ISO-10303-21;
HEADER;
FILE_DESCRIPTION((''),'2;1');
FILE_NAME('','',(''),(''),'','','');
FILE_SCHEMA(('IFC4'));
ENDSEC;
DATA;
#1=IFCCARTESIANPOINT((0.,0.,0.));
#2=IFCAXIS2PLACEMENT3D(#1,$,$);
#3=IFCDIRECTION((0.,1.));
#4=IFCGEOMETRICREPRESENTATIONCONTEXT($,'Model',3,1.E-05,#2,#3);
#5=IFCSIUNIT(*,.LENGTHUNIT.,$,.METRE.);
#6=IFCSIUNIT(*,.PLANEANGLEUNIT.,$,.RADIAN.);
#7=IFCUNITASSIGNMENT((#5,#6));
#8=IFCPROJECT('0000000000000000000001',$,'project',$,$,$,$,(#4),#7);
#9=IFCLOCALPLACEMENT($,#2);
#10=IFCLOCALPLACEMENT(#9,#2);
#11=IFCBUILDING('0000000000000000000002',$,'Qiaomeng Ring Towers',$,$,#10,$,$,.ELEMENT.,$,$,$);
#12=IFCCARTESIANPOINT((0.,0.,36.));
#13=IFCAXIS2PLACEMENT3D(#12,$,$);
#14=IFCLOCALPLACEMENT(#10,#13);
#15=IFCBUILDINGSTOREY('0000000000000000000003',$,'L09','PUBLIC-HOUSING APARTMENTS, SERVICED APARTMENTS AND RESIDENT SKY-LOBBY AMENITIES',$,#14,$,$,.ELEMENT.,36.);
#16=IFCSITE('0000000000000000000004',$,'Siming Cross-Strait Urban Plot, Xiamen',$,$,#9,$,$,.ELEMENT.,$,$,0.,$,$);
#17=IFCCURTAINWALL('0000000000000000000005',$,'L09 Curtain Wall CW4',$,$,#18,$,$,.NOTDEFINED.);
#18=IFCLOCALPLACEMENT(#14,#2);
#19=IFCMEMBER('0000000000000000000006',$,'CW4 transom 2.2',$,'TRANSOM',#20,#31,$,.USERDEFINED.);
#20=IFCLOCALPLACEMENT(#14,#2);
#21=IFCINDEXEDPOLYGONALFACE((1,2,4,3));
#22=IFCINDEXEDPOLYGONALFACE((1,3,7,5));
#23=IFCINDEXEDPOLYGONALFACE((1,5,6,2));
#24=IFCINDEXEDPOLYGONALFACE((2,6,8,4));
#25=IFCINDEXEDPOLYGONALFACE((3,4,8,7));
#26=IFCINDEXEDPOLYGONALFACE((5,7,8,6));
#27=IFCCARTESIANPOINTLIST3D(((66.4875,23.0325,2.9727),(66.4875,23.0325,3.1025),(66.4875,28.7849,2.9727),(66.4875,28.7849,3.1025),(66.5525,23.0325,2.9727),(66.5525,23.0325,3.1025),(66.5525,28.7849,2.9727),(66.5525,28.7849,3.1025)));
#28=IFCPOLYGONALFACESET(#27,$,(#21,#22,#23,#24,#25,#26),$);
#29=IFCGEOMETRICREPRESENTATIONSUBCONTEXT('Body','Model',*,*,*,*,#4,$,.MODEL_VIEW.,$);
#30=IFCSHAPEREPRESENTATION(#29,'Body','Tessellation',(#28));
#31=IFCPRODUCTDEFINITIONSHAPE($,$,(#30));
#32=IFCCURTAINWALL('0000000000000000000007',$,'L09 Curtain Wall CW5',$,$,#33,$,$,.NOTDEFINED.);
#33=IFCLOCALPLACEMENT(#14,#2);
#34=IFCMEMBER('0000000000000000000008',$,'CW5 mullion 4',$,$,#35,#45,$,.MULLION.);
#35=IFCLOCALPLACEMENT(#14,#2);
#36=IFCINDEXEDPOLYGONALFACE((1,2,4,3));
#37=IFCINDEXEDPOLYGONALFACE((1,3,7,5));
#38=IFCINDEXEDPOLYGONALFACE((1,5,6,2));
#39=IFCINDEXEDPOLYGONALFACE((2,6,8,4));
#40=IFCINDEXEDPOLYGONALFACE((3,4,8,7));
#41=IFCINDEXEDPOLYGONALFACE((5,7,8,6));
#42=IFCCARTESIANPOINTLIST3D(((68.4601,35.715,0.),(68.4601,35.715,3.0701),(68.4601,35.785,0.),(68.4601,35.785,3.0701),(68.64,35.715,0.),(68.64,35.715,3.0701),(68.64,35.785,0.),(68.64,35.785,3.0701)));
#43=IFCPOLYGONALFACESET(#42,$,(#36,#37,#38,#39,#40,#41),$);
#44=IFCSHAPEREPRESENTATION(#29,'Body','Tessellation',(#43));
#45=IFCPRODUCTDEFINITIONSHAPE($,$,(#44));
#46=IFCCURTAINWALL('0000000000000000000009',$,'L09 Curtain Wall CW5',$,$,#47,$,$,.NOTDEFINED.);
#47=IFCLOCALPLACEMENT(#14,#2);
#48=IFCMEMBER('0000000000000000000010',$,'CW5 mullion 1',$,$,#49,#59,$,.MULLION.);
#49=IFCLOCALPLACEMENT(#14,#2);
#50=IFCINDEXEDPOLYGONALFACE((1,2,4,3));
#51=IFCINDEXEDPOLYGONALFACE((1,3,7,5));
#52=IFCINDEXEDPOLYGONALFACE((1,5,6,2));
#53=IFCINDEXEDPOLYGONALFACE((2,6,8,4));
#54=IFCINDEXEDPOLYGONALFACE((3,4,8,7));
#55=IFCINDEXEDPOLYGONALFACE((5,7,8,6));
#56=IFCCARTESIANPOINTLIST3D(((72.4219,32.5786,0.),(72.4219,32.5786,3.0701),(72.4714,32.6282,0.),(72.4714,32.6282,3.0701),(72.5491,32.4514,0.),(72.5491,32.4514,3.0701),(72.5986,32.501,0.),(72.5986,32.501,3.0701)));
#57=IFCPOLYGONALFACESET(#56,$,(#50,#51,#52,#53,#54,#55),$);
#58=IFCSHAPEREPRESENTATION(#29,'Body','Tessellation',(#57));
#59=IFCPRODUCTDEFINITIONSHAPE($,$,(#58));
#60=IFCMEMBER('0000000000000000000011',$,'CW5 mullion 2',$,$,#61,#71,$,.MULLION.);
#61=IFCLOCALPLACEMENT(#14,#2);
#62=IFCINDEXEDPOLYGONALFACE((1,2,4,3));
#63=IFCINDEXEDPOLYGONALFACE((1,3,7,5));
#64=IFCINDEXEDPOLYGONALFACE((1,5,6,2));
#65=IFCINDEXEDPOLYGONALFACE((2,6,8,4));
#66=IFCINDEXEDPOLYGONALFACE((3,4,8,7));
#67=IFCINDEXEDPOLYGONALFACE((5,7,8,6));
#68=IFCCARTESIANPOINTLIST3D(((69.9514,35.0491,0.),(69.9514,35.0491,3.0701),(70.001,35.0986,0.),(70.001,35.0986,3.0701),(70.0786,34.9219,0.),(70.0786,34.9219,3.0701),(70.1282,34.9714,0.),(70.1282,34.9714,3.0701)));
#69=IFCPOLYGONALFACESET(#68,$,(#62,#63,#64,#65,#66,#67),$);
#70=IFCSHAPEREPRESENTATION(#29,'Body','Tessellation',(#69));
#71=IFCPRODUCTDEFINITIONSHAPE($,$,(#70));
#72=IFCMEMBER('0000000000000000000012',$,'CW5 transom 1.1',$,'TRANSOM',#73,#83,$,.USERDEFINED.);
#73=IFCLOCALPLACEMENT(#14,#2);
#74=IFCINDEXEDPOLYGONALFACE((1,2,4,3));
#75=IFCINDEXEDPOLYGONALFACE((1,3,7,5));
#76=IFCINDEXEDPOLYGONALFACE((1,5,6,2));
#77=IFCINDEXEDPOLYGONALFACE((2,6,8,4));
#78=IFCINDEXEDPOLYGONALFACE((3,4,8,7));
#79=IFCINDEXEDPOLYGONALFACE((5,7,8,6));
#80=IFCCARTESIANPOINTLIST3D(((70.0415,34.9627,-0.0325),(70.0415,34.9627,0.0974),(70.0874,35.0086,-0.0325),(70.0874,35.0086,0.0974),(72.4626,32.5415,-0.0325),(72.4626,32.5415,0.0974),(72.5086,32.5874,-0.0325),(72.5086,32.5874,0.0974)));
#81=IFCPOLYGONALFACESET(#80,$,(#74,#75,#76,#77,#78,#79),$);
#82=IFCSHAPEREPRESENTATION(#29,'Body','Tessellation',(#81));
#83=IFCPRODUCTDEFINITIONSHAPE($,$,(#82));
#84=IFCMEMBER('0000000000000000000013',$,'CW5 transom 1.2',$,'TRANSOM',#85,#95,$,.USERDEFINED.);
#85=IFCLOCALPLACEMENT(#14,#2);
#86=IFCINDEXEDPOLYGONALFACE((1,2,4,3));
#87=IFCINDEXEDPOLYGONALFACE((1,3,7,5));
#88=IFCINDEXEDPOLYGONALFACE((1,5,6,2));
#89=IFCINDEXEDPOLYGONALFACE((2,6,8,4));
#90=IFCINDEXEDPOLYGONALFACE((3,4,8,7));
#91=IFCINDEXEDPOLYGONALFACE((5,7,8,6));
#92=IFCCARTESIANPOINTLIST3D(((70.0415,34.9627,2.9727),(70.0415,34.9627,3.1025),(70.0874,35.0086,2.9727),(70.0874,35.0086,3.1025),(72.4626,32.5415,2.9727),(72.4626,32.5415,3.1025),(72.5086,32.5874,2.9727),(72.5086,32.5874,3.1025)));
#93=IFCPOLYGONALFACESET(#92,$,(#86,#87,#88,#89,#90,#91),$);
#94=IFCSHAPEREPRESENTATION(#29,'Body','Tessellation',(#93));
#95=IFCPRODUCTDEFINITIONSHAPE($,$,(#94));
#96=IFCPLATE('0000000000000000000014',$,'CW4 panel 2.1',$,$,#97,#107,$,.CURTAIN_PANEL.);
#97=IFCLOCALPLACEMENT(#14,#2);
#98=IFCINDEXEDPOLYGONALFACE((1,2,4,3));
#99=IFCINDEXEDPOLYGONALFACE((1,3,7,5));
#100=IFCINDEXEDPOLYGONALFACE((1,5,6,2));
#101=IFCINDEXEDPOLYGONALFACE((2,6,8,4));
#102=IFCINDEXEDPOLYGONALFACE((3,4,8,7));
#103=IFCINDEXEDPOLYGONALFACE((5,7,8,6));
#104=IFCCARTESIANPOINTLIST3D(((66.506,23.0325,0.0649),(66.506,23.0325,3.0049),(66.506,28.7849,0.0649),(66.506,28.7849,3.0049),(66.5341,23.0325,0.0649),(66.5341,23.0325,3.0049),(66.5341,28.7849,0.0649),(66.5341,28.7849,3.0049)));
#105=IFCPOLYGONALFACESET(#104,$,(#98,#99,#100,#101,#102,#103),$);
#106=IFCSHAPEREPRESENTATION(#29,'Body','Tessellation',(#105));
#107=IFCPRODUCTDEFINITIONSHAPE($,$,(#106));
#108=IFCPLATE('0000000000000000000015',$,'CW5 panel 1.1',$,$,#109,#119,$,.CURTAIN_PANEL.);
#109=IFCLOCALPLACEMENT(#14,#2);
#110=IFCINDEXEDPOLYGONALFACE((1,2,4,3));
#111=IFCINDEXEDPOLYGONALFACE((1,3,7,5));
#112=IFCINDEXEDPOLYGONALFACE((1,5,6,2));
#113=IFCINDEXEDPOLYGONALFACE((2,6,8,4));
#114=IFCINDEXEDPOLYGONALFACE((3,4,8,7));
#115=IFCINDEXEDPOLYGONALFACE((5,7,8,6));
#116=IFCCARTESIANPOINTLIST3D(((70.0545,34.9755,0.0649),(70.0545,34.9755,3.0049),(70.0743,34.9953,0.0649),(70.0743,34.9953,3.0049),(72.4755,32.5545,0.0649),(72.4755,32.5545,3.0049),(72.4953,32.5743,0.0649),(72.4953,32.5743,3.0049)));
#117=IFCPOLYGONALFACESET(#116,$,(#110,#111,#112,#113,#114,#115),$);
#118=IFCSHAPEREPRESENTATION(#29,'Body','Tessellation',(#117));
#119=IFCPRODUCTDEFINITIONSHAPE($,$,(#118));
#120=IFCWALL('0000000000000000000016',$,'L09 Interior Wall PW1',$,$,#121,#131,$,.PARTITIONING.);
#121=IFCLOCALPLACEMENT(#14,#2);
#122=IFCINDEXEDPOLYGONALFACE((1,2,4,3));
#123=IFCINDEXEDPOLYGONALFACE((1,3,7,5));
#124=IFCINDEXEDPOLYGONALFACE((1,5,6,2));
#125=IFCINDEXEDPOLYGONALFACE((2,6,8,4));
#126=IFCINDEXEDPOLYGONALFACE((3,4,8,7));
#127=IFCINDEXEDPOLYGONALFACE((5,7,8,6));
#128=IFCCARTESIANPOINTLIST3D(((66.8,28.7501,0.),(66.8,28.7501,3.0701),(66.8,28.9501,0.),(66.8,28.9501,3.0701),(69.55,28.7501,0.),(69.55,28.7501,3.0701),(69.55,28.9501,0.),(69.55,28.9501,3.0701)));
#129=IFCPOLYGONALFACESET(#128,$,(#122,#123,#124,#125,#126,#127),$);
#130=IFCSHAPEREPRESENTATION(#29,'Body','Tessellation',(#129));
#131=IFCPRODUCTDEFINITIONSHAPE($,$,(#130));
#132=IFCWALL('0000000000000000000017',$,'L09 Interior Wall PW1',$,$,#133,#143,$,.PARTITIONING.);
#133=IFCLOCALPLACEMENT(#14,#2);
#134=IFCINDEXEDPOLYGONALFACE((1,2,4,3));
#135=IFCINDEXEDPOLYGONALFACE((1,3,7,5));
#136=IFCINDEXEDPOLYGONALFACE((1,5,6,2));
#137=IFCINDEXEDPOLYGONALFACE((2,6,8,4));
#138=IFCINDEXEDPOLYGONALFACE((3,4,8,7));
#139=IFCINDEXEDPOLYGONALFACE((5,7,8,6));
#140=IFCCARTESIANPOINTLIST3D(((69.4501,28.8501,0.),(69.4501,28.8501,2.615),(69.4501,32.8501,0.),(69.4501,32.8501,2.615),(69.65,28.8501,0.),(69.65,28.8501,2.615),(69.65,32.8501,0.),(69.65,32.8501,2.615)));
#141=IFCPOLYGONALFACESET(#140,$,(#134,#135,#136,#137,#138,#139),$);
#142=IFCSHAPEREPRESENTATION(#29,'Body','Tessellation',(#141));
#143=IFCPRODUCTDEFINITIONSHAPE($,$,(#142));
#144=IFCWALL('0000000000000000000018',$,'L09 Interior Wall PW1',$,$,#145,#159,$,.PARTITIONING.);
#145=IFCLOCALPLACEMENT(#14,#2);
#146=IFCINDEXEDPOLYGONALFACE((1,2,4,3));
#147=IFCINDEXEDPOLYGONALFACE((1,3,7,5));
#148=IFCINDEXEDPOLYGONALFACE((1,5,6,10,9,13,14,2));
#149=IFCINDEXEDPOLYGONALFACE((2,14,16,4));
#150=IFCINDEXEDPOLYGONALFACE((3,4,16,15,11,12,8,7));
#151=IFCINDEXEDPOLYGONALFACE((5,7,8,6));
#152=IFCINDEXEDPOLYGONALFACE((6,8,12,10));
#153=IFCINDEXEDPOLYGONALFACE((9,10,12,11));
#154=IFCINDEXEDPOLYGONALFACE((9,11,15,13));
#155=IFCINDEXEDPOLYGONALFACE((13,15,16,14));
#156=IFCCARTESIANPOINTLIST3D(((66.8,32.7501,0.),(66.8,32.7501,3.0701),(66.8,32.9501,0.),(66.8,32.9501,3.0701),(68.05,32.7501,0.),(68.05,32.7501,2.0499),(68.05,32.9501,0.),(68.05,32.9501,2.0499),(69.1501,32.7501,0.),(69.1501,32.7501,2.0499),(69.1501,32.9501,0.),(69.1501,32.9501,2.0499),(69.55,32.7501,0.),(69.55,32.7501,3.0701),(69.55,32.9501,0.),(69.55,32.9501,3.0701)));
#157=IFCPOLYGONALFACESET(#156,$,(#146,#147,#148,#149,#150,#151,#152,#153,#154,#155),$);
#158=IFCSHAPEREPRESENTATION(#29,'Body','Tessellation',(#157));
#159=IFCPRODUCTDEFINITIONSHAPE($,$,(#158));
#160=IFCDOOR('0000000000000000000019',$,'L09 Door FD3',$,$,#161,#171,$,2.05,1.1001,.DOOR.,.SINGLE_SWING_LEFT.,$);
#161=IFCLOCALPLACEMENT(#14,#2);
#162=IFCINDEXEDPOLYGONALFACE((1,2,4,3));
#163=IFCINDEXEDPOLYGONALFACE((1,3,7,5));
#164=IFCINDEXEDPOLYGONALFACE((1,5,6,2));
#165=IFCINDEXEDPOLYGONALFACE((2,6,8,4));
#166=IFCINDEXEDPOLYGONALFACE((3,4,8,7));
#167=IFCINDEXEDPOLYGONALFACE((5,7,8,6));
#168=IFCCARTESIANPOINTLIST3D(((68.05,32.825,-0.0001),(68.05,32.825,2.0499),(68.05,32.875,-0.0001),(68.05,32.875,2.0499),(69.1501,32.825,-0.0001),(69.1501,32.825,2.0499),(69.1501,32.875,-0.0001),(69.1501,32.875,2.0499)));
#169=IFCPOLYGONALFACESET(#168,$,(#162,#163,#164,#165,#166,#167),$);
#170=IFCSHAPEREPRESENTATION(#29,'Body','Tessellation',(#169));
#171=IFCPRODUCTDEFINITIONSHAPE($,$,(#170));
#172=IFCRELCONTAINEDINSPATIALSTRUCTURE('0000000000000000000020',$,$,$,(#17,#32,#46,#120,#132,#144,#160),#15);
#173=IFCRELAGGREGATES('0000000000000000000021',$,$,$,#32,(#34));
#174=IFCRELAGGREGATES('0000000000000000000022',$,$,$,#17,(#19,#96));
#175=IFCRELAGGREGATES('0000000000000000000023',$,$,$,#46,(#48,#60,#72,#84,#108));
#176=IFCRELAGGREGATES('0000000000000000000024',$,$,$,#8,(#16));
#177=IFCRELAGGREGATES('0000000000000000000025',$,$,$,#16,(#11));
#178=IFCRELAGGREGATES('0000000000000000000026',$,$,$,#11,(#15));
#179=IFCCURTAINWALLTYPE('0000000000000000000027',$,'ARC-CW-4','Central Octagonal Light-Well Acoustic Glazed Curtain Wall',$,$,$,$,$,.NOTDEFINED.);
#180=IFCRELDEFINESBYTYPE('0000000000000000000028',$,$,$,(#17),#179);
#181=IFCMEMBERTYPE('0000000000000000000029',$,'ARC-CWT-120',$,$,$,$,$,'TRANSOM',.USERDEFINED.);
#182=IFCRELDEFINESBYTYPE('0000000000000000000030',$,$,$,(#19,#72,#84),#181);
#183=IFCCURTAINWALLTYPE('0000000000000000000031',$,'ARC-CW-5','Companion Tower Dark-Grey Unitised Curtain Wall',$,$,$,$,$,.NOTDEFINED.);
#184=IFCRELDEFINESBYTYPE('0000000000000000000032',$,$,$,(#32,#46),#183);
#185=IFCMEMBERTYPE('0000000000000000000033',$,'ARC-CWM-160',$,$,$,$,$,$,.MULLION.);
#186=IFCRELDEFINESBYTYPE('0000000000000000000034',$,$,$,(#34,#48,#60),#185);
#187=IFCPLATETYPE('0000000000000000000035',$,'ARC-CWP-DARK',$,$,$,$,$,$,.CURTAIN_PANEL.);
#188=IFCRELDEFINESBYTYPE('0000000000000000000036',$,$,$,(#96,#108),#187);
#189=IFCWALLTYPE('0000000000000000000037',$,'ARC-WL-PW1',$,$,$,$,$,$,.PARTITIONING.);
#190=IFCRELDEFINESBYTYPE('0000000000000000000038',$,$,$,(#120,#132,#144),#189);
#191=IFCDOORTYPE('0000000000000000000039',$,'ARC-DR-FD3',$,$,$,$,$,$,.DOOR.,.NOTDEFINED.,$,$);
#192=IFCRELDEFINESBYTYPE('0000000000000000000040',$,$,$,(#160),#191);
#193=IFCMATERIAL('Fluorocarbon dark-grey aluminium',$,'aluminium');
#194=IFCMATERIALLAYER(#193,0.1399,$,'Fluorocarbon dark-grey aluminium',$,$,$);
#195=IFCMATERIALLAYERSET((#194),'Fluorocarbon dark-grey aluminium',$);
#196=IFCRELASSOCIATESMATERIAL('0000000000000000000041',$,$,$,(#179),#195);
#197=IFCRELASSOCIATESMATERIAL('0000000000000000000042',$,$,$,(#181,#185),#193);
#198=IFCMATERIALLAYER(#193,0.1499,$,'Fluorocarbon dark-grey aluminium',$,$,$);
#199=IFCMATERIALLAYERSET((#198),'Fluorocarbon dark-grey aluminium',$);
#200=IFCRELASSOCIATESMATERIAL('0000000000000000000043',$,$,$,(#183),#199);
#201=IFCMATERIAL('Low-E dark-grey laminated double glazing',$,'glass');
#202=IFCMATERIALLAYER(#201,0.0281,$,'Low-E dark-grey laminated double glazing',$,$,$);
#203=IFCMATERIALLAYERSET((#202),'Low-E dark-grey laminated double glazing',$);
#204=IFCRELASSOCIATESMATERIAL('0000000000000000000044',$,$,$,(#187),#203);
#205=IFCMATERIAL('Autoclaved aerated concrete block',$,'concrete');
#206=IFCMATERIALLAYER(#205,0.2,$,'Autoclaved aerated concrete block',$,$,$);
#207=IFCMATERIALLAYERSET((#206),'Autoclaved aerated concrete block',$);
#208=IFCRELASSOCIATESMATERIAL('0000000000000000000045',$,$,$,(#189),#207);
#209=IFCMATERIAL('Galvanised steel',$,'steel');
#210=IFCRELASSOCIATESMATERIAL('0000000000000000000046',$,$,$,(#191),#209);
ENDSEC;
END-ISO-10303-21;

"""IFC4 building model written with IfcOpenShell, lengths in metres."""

from ifc_helpers import new_model, si_unit, direction, frame, frame_2d, origin, origin_2d, place, context, subcontext, project, spatial, rectangle, extrude, source, transform, mapped, material, layer, layer_set, material_profile, profile_set, type_object, element, fill, aggregate, save


model = new_model("IFC4")

# Units and contexts
model_context = context("Model", 3, precision=1e-05, world=origin(), true_north=direction((0.0, 1.0)))
body_context = subcontext(model_context, "Body", "Model", "MODEL_VIEW")
ifc_project = project(units=[si_unit("LENGTHUNIT", "METRE"), si_unit("PLANEANGLEUNIT", "RADIAN")], contexts=[model_context])

# Site, building, storey
site_placement = place(None, origin())
site = spatial("IfcSite", under=ifc_project, at=site_placement, Name="Siming Cross-Strait Urban Plot, Xiamen", CompositionType="ELEMENT", RefElevation=0.0)
building_placement = place(site_placement, origin())
building = spatial("IfcBuilding", under=site, at=building_placement, Name="Qiaomeng Ring Towers", CompositionType="ELEMENT")
storey_placement = place(building_placement, frame((0.0, 0.0, 36.0)))
storey = spatial("IfcBuildingStorey", under=building, at=storey_placement, Name="L09", Description="PUBLIC-HOUSING APARTMENTS, SERVICED APARTMENTS AND RESIDENT SKY-LOBBY AMENITIES", CompositionType="ELEMENT", Elevation=36.0)

# Curtain wall, member
ifc_material_1 = material(Name="Fluorocarbon dark-grey aluminium", Category="aluminium")
ifc_layer_1 = layer(ifc_material_1, 0.1399, Name="Fluorocarbon dark-grey aluminium")
ifc_layer_set_1 = layer_set([ifc_layer_1], Name="Fluorocarbon dark-grey aluminium")
curtain_wall_type_1 = type_object("IfcCurtainWallType", Name="ARC-CW-4", Description="Central Octagonal Light-Well Acoustic Glazed Curtain Wall", PredefinedType="NOTDEFINED", material=ifc_layer_set_1)
curtain_wall_1_placement = place(storey_placement, origin())
curtain_wall_1 = element("IfcCurtainWall", 1, at=curtain_wall_1_placement, inside=storey, type_object=curtain_wall_type_1, Name="L09 Curtain Wall CW4", PredefinedType="NOTDEFINED")
ifc_material_profile_1 = material_profile(ifc_material_1, rectangle(XDim=0.0649, YDim=0.1299, at=origin_2d()), Name="ALU TRAN 65x130")
ifc_profile_set_1 = profile_set([ifc_material_profile_1], Name="Fluorocarbon dark-grey aluminium")
member_type_1 = type_object("IfcMemberType", Name="ARC-CWT-120", ElementType="TRANSOM", PredefinedType="USERDEFINED", material=ifc_profile_set_1)
shared_shape_1 = source(origin(), body_context, "Body", "SweptSolid", [
    extrude(rectangle(XDim=0.0649, YDim=0.1299, at=origin_2d()), origin(), (0.0, 0.0, 1.0), 5.7524),
])
member_1_placement = place(storey_placement, frame((66.52, 23.0325, 3.0376), z_axis=(0.0, 1.0, 0.0), x_axis=(-1.0, 0.0, 0.0)))
member_1 = element("IfcMember", 2, at=member_1_placement, type_object=member_type_1, Name="CW4 transom 2.2", ObjectType="TRANSOM", PredefinedType="USERDEFINED", context=body_context, shape_type="MappedRepresentation", body=[
    mapped(shared_shape_1, transform((0.0, 0.0, 0.0), x_axis=(1.0, 0.0, 0.0), y_axis=(0.0, 1.0, 0.0), z_axis=(0.0, 0.0, 1.0), scale=1.0)),
])

# Curtain wall, member
ifc_layer_2 = layer(ifc_material_1, 0.1499, Name="Fluorocarbon dark-grey aluminium")
ifc_layer_set_2 = layer_set([ifc_layer_2], Name="Fluorocarbon dark-grey aluminium")
curtain_wall_type_2 = type_object("IfcCurtainWallType", Name="ARC-CW-5", Description="Companion Tower Dark-Grey Unitised Curtain Wall", PredefinedType="NOTDEFINED", material=ifc_layer_set_2)
curtain_wall_2_placement = place(storey_placement, origin())
curtain_wall_2 = element("IfcCurtainWall", 3, at=curtain_wall_2_placement, inside=storey, type_object=curtain_wall_type_2, Name="L09 Curtain Wall CW5", PredefinedType="NOTDEFINED")
ifc_material_profile_2 = material_profile(ifc_material_1, rectangle(XDim=0.0701, YDim=0.1799, at=origin_2d()), Name="ALU MULL 70x180")
ifc_profile_set_2 = profile_set([ifc_material_profile_2], Name="Fluorocarbon dark-grey aluminium")
member_type_2 = type_object("IfcMemberType", Name="ARC-CWM-160", PredefinedType="MULLION", material=ifc_profile_set_2)
shared_shape_2 = source(origin(), body_context, "Body", "SweptSolid", [
    extrude(rectangle(XDim=0.0701, YDim=0.1799, at=origin_2d()), origin(), (0.0, 0.0, 1.0), 3.0701),
])
member_2_placement = place(storey_placement, frame((68.55, 35.75, 0.0), z_axis=(0.0, 0.0, 1.0), x_axis=(0.0, 1.0, 0.0)))
member_2 = element("IfcMember", 4, at=member_2_placement, type_object=member_type_2, Name="CW5 mullion 4", PredefinedType="MULLION", context=body_context, shape_type="MappedRepresentation", body=[
    mapped(shared_shape_2, transform((0.0, 0.0, 0.0), x_axis=(1.0, 0.0, 0.0), y_axis=(0.0, 1.0, 0.0), z_axis=(0.0, 0.0, 1.0), scale=1.0)),
])
aggregate(curtain_wall_2, [member_2])

# Curtain wall, members
curtain_wall_3_placement = place(storey_placement, origin())
curtain_wall_3 = element("IfcCurtainWall", 5, at=curtain_wall_3_placement, inside=storey, type_object=curtain_wall_type_2, Name="L09 Curtain Wall CW5", PredefinedType="NOTDEFINED")
member_3_placement = place(storey_placement, frame((72.5103, 32.5398, 0.0), z_axis=(0.0, 0.0, 1.0), x_axis=(-0.707107, -0.707107, 0.0)))
member_3 = element("IfcMember", 6, at=member_3_placement, type_object=member_type_2, Name="CW5 mullion 1", PredefinedType="MULLION", context=body_context, shape_type="MappedRepresentation", body=[
    mapped(shared_shape_2, transform((0.0, 0.0, 0.0), x_axis=(1.0, 0.0, 0.0), y_axis=(0.0, 1.0, 0.0), z_axis=(0.0, 0.0, 1.0), scale=1.0)),
])
member_4_placement = place(storey_placement, frame((70.0398, 35.0103, 0.0), z_axis=(0.0, 0.0, 1.0), x_axis=(-0.707107, -0.707107, 0.0)))
member_4 = element("IfcMember", 7, at=member_4_placement, type_object=member_type_2, Name="CW5 mullion 2", PredefinedType="MULLION", context=body_context, shape_type="MappedRepresentation", body=[
    mapped(shared_shape_2, transform((0.0, 0.0, 0.0), x_axis=(1.0, 0.0, 0.0), y_axis=(0.0, 1.0, 0.0), z_axis=(0.0, 0.0, 1.0), scale=1.0)),
])
shared_shape_3 = source(origin(), body_context, "Body", "SweptSolid", [
    extrude(rectangle(XDim=0.0649, YDim=0.1299, at=origin_2d()), origin(), (0.0, 0.0, 1.0), 3.4241),
])
member_5_placement = place(storey_placement, frame((72.4856, 32.5645, 0.0325), z_axis=(-0.707107, 0.707107, 0.0), x_axis=(-0.707107, -0.707107, 0.0)))
member_5 = element("IfcMember", 8, at=member_5_placement, type_object=member_type_1, Name="CW5 transom 1.1", ObjectType="TRANSOM", PredefinedType="USERDEFINED", context=body_context, shape_type="MappedRepresentation", body=[
    mapped(shared_shape_3, transform((0.0, 0.0, 0.0), x_axis=(1.0, 0.0, 0.0), y_axis=(0.0, 1.0, 0.0), z_axis=(0.0, 0.0, 1.0), scale=1.0)),
])
member_6_placement = place(storey_placement, frame((72.4856, 32.5645, 3.0376), z_axis=(-0.707107, 0.707107, 0.0), x_axis=(-0.707107, -0.707107, 0.0)))
member_6 = element("IfcMember", 9, at=member_6_placement, type_object=member_type_1, Name="CW5 transom 1.2", ObjectType="TRANSOM", PredefinedType="USERDEFINED", context=body_context, shape_type="MappedRepresentation", body=[
    mapped(shared_shape_3, transform((0.0, 0.0, 0.0), x_axis=(1.0, 0.0, 0.0), y_axis=(0.0, 1.0, 0.0), z_axis=(0.0, 0.0, 1.0), scale=1.0)),
])

# Plates
ifc_material_2 = material(Name="Low-E dark-grey laminated double glazing", Category="glass")
ifc_layer_3 = layer(ifc_material_2, 0.0281, Name="Low-E dark-grey laminated double glazing")
ifc_layer_set_3 = layer_set([ifc_layer_3], Name="Low-E dark-grey laminated double glazing")
plate_type = type_object("IfcPlateType", Name="ARC-CWP-DARK", PredefinedType="CURTAIN_PANEL", material=ifc_layer_set_3)
shared_shape_4 = source(origin(), body_context, "Body", "SweptSolid", [
    extrude(rectangle(XDim=5.7524, YDim=0.0281, at=origin_2d()), origin(), (0.0, 0.0, 1.0), 2.9399),
])
plate_1_placement = place(storey_placement, frame((66.52, 25.9087, 0.0649), z_axis=(0.0, 0.0, 1.0), x_axis=(0.0, 1.0, 0.0)))
plate_1 = element("IfcPlate", 10, at=plate_1_placement, type_object=plate_type, Name="CW4 panel 2.1", PredefinedType="CURTAIN_PANEL", context=body_context, shape_type="MappedRepresentation", body=[
    mapped(shared_shape_4, transform((0.0, 0.0, 0.0), x_axis=(1.0, 0.0, 0.0), y_axis=(0.0, 1.0, 0.0), z_axis=(0.0, 0.0, 1.0), scale=1.0)),
])
aggregate(curtain_wall_1, [member_1, plate_1])
shared_shape_5 = source(origin(), body_context, "Body", "SweptSolid", [
    extrude(rectangle(XDim=3.4238, YDim=0.0281, at=origin_2d()), origin(), (0.0, 0.0, 1.0), 2.9399),
])
plate_2_placement = place(storey_placement, frame((71.2749, 33.7749, 0.0649), z_axis=(0.0, 0.0, 1.0), x_axis=(-0.707107, 0.707107, 0.0)))
plate_2 = element("IfcPlate", 11, at=plate_2_placement, type_object=plate_type, Name="CW5 panel 1.1", PredefinedType="CURTAIN_PANEL", context=body_context, shape_type="MappedRepresentation", body=[
    mapped(shared_shape_5, transform((0.0, 0.0, 0.0), x_axis=(1.0, 0.0, 0.0), y_axis=(0.0, 1.0, 0.0), z_axis=(0.0, 0.0, 1.0), scale=1.0)),
])
aggregate(curtain_wall_3, [member_3, member_4, member_5, member_6, plate_2])

# Walls
ifc_material_3 = material(Name="Autoclaved aerated concrete block", Category="concrete")
ifc_layer_4 = layer(ifc_material_3, 0.2, Name="Autoclaved aerated concrete block")
ifc_layer_set_4 = layer_set([ifc_layer_4], Name="Autoclaved aerated concrete block")
wall_type_1 = type_object("IfcWallType", Name="ARC-WL-PW1", PredefinedType="PARTITIONING", material=ifc_layer_set_4)
wall_1_placement = place(storey_placement, frame((66.8, 28.8501, 0.0), z_axis=(0.0, 0.0, 1.0), x_axis=(1.0, 0.0, 0.0)))
element("IfcWall", 12, at=wall_1_placement, inside=storey, type_object=wall_type_1, Name="L09 Interior Wall PW1", PredefinedType="PARTITIONING", context=body_context, shape_type="SweptSolid", body=[
    extrude(rectangle(XDim=2.75, YDim=0.2, at=frame_2d((1.375, 0.0))), origin(), (0.0, 0.0, 1.0), 3.0701),
])
wall_2_placement = place(storey_placement, frame((69.55, 28.8501, 0.0), z_axis=(0.0, 0.0, 1.0), x_axis=(0.0, 1.0, 0.0)))
element("IfcWall", 13, at=wall_2_placement, inside=storey, type_object=wall_type_1, Name="L09 Interior Wall PW1", PredefinedType="PARTITIONING", context=body_context, shape_type="SweptSolid", body=[
    extrude(rectangle(XDim=4.0, YDim=0.2, at=frame_2d((2.0, 0.0))), origin(), (0.0, 0.0, 1.0), 2.615),
])

# Wall, opening, door
wall_3_placement = place(storey_placement, frame((66.8, 32.8501, 0.0), z_axis=(0.0, 0.0, 1.0), x_axis=(1.0, 0.0, 0.0)))
wall_3 = element("IfcWall", 14, at=wall_3_placement, inside=storey, type_object=wall_type_1, Name="L09 Interior Wall PW1", PredefinedType="PARTITIONING", context=body_context, shape_type="SweptSolid", body=[
    extrude(rectangle(XDim=2.75, YDim=0.2, at=frame_2d((1.375, 0.0))), origin(), (0.0, 0.0, 1.0), 3.0701),
])
opening_1_placement = place(wall_3_placement, frame((1.25, 0.0, 0.0)))
opening_1 = element("IfcOpeningElement", 15, at=opening_1_placement, cuts=wall_3, PredefinedType="OPENING", context=body_context, shape_type="SweptSolid", body=[
    extrude(rectangle(XDim=1.1001, YDim=2.05, at=frame_2d((0.55, 1.0249))), frame((0.0, 0.1099, 0.0), z_axis=(0.0, -1.0, 0.0), x_axis=(1.0, 0.0, 0.0)), (0.0, 0.0, 1.0), 0.22),
])
ifc_material_4 = material(Name="Galvanised steel", Category="steel")
door_type_1 = type_object("IfcDoorType", Name="ARC-DR-FD3", OperationType="NOTDEFINED", PredefinedType="DOOR", material=ifc_material_4)
shared_shape_6 = source(origin(), body_context, "Body", "SweptSolid", [
    extrude(rectangle(XDim=1.1001, YDim=2.05, at=frame_2d((0.55, 1.0249))), frame((0.0, 0.0249, 0.0), z_axis=(0.0, -1.0, 0.0), x_axis=(1.0, 0.0, 0.0)), (0.0, 0.0, 1.0), 0.05),
])
door_1_placement = place(opening_1_placement, origin())
door_1 = element("IfcDoor", 16, at=door_1_placement, inside=storey, type_object=door_type_1, Name="L09 Door FD3", OperationType="SINGLE_SWING_LEFT", OverallHeight=2.05, OverallWidth=1.1001, PredefinedType="DOOR", context=body_context, shape_type="MappedRepresentation", body=[
    mapped(shared_shape_6, transform((0.0, 0.0, 0.0), x_axis=(1.0, 0.0, 0.0), y_axis=(0.0, 1.0, 0.0), z_axis=(0.0, 0.0, 1.0), scale=1.0)),
])
fill(opening_1, door_1)

save(model, "model.ifc")
